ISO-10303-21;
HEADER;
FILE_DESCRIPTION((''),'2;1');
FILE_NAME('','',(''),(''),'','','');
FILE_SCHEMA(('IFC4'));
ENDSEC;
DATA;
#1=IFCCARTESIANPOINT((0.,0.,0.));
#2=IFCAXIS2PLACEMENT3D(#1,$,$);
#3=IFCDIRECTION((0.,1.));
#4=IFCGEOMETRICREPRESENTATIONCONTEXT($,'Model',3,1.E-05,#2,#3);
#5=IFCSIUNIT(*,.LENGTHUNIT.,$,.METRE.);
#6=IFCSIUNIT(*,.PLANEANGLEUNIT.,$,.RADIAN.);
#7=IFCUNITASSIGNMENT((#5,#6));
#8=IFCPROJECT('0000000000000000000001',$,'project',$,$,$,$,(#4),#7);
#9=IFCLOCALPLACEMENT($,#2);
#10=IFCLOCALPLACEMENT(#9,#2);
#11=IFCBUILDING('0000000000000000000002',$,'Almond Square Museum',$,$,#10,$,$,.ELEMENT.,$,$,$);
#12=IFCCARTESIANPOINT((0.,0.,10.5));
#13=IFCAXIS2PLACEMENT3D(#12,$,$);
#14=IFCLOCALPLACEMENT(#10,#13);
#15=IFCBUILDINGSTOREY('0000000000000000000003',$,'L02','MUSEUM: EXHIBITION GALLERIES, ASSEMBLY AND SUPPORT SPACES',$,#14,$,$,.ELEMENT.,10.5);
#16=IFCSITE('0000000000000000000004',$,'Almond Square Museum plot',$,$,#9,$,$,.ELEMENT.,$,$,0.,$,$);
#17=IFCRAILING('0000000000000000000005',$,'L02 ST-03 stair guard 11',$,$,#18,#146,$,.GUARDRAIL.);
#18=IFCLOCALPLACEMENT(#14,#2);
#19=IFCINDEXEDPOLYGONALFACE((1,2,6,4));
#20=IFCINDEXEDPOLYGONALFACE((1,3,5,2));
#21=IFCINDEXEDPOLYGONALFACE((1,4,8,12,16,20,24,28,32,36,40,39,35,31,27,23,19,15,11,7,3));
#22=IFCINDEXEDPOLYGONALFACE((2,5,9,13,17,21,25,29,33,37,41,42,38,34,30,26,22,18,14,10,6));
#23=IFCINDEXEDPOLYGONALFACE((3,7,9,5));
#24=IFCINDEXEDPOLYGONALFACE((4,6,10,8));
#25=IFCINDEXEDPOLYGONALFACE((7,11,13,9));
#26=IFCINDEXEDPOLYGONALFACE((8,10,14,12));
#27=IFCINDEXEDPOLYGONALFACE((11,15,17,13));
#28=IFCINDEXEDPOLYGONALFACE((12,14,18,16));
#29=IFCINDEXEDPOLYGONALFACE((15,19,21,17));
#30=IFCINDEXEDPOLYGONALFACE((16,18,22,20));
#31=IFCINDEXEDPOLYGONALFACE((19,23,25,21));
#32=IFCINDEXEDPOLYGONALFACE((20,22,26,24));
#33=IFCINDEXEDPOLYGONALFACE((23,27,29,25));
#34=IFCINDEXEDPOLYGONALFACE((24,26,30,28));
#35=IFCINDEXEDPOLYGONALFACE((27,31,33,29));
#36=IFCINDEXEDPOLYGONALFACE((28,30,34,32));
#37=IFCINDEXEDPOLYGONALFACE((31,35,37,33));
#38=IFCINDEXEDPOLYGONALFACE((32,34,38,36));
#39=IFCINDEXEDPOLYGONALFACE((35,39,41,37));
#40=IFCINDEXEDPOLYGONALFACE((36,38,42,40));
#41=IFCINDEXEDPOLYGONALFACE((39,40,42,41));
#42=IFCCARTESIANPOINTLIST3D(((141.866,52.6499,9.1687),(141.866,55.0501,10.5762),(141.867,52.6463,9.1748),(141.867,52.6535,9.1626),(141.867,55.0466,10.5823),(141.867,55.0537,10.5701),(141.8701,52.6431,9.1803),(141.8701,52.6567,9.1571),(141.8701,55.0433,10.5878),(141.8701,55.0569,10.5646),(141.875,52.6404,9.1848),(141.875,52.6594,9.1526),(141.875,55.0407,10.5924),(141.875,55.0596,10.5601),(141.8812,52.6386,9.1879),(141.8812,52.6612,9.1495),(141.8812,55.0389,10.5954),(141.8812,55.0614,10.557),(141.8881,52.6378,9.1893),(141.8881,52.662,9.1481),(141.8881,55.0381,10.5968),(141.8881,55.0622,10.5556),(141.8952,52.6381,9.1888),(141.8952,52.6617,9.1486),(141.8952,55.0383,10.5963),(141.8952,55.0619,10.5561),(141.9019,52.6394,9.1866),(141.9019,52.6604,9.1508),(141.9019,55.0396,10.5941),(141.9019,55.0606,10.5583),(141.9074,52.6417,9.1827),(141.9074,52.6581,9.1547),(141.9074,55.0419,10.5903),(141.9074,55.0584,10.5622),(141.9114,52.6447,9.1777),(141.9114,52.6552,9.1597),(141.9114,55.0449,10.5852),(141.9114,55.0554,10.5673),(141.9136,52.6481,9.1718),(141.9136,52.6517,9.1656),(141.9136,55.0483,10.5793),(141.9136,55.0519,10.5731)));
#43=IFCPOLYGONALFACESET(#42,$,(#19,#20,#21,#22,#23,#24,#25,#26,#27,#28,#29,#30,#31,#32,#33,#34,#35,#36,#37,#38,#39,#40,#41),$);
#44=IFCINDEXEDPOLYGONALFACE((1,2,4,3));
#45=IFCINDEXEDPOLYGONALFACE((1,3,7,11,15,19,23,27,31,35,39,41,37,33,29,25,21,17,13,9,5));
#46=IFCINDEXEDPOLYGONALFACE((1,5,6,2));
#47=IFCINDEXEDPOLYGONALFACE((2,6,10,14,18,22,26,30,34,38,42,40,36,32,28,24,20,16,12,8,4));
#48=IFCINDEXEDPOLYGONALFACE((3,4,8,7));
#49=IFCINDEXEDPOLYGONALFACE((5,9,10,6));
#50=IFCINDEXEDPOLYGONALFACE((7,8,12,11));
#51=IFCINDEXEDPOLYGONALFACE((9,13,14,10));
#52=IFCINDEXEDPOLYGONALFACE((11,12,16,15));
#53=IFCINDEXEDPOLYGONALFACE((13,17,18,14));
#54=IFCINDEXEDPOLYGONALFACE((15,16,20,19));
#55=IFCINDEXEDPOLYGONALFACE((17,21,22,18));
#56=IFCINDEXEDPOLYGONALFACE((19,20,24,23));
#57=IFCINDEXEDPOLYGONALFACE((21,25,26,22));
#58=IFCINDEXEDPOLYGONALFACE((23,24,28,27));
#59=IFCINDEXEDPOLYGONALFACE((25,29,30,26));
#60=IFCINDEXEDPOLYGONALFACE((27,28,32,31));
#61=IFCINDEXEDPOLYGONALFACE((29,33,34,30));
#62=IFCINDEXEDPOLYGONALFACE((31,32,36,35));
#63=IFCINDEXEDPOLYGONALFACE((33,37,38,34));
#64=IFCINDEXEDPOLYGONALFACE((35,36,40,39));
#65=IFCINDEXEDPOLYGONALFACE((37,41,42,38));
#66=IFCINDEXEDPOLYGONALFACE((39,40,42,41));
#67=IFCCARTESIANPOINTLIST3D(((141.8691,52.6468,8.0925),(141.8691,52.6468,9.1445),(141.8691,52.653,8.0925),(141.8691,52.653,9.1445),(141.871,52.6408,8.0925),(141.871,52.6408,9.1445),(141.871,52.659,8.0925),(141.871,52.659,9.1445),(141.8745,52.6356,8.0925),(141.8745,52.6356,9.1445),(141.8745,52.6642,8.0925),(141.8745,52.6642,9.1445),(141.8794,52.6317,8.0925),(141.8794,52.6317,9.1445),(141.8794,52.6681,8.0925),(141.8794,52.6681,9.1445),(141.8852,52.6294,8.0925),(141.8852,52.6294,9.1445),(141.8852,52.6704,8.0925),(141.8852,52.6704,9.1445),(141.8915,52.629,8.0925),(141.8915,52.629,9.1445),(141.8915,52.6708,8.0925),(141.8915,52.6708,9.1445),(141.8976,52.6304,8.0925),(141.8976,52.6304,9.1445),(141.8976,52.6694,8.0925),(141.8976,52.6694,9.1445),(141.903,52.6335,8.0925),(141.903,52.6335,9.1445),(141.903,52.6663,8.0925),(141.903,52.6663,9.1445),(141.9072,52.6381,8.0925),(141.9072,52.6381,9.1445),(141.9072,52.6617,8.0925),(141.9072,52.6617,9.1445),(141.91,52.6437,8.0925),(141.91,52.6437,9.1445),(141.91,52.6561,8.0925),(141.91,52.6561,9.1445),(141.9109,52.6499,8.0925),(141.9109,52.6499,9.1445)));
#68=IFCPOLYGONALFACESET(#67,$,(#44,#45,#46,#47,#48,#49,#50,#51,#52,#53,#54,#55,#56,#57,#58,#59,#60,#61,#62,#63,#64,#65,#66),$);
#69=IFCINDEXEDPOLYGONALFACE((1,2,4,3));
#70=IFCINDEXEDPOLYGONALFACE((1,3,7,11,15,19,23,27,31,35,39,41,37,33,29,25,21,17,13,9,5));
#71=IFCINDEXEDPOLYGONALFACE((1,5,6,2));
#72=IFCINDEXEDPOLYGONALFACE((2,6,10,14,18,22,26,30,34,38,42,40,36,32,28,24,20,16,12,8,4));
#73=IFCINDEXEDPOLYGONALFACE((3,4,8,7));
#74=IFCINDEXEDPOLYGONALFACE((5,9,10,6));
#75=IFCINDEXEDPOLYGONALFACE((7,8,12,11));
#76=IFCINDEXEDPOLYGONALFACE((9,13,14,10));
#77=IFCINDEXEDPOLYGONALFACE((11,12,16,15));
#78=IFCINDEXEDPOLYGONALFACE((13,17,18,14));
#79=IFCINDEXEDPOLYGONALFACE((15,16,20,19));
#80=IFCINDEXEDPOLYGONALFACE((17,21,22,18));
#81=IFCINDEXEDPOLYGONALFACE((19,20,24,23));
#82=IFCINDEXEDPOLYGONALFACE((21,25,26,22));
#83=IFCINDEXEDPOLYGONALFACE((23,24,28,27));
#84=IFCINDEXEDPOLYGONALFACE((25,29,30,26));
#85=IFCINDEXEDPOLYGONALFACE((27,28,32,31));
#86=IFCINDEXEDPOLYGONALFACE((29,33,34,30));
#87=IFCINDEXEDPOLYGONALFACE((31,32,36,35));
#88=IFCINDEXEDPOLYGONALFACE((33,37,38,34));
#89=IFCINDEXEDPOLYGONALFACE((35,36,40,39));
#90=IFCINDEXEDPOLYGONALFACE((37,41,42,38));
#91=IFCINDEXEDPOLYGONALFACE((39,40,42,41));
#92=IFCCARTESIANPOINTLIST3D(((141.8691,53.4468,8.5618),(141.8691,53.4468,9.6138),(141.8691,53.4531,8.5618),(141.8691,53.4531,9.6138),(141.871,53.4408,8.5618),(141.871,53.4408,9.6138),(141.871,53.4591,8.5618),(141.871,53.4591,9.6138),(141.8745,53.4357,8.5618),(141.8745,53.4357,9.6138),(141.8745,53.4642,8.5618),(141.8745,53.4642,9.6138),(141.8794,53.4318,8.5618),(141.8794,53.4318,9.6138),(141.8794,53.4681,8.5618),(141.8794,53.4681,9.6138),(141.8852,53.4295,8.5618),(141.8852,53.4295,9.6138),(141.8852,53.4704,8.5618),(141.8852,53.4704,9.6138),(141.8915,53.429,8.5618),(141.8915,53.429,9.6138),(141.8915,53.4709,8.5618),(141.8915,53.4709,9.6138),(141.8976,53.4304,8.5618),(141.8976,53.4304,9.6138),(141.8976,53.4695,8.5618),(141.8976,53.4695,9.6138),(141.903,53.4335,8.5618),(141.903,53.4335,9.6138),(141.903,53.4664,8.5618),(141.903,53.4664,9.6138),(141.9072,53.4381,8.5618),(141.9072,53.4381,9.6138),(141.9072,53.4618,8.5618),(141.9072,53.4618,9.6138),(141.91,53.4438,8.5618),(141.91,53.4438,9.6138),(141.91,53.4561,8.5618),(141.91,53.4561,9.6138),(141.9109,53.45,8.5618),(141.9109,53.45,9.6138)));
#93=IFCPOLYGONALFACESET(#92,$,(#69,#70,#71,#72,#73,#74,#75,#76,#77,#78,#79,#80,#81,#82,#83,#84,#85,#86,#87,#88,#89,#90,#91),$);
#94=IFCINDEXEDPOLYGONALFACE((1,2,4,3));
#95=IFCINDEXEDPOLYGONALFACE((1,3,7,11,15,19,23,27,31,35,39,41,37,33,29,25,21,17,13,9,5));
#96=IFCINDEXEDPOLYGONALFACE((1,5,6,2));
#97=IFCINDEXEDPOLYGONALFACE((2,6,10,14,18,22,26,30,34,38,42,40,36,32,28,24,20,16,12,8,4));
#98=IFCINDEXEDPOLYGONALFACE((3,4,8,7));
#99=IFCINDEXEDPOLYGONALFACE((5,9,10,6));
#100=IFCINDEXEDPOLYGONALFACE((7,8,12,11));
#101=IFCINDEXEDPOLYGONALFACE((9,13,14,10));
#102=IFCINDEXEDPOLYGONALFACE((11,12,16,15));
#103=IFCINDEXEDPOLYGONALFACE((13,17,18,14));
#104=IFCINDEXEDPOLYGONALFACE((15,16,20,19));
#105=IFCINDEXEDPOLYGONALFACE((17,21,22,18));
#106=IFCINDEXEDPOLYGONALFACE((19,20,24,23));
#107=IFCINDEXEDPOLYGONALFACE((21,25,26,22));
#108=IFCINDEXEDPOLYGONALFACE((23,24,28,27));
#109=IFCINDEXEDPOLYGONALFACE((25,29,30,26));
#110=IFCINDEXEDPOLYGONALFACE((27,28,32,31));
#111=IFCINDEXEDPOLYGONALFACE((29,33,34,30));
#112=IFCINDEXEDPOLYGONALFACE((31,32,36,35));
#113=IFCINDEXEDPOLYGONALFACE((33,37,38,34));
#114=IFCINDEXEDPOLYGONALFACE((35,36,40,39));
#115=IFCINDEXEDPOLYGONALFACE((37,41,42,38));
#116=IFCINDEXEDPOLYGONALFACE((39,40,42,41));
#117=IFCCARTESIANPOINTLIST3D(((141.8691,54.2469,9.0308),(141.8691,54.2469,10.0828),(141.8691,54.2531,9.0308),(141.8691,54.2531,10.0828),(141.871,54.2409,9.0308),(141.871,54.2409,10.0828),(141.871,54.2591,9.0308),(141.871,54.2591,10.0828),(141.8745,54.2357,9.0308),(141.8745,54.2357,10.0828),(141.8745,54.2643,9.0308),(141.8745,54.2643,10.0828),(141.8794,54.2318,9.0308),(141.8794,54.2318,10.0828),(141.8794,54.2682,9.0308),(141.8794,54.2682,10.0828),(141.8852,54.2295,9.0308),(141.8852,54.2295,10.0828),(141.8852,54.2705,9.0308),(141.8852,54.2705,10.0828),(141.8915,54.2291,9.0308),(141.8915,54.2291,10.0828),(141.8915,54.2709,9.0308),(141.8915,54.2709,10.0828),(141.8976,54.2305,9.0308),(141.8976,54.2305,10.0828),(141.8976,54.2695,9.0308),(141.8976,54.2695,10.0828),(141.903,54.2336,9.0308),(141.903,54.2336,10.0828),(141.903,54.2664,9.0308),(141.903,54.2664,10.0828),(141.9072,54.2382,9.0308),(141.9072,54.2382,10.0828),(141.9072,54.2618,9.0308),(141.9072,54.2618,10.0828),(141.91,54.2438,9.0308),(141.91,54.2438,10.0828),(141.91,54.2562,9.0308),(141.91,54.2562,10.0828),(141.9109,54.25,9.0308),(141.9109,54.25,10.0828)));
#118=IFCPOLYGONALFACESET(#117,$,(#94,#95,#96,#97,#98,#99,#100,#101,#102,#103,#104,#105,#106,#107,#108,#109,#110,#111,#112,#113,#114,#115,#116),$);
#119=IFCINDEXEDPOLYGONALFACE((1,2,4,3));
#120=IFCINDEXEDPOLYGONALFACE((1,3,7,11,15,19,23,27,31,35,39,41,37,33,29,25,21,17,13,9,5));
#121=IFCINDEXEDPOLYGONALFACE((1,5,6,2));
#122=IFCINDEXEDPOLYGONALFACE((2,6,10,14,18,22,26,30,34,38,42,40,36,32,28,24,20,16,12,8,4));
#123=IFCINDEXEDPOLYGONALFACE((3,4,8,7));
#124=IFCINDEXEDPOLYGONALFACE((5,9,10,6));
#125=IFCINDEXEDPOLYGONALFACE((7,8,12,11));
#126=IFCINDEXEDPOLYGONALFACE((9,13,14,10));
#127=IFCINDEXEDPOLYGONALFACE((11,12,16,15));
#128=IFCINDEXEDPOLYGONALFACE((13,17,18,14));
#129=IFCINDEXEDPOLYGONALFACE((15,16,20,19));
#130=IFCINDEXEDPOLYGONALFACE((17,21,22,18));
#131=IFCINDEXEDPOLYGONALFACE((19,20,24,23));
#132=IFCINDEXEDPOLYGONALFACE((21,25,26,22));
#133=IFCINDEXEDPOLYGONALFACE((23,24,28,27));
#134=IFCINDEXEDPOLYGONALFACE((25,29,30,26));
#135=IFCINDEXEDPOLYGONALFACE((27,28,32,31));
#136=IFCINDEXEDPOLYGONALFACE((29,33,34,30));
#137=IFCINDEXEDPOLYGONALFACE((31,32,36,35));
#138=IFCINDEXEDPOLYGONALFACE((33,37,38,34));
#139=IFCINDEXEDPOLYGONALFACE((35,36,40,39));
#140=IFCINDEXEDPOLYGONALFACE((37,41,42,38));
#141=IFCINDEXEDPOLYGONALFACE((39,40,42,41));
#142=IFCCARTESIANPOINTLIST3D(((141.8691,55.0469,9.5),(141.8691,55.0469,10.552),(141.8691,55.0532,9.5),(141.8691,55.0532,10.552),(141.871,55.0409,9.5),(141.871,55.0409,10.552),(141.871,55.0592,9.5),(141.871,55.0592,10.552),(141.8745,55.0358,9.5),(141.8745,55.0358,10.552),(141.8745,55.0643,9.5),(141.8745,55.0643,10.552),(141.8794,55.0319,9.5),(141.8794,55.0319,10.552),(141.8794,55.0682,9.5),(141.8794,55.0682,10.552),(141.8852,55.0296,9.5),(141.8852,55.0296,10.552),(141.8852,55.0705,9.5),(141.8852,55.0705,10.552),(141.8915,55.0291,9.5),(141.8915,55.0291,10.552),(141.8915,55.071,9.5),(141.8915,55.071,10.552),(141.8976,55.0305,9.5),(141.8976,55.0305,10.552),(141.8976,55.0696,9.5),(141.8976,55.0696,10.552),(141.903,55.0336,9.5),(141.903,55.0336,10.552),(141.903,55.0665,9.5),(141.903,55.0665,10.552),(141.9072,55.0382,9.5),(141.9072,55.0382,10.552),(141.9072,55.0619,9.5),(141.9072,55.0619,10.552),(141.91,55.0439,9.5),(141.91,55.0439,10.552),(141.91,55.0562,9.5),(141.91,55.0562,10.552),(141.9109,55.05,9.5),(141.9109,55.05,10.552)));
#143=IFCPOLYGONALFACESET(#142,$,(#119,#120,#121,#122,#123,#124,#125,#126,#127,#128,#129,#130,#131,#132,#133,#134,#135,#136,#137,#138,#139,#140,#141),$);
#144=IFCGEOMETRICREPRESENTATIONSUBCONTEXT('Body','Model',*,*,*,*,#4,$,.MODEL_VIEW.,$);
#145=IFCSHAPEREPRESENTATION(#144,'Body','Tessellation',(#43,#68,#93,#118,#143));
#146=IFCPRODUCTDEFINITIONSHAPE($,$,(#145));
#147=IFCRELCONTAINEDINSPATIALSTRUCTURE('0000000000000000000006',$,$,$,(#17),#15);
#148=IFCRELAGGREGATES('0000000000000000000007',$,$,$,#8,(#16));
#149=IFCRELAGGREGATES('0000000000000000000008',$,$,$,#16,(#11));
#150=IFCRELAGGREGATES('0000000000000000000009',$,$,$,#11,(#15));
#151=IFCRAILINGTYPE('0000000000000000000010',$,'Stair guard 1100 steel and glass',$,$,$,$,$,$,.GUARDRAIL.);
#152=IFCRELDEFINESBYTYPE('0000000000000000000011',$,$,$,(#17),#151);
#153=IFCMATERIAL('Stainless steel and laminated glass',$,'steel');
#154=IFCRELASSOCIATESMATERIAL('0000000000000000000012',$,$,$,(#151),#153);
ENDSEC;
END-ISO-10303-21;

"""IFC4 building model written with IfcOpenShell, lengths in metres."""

from ifc_helpers import new_model, si_unit, direction, frame, origin, origin_2d, place, context, subcontext, project, spatial, circle, extrude, material, type_object, element, save


model = new_model("IFC4")

# Units and contexts
model_context = context("Model", 3, precision=1e-05, world=origin(), true_north=direction((0.0, 1.0)))
body_context = subcontext(model_context, "Body", "Model", "MODEL_VIEW")
ifc_project = project(units=[si_unit("LENGTHUNIT", "METRE"), si_unit("PLANEANGLEUNIT", "RADIAN")], contexts=[model_context])

# Site, building, storey
site_placement = place(None, origin())
site = spatial("IfcSite", under=ifc_project, at=site_placement, Name="Almond Square Museum plot", CompositionType="ELEMENT", RefElevation=0.0)
building_placement = place(site_placement, origin())
building = spatial("IfcBuilding", under=site, at=building_placement, Name="Almond Square Museum", CompositionType="ELEMENT")
storey_placement = place(building_placement, frame((0.0, 0.0, 10.5)))
storey = spatial("IfcBuildingStorey", under=building, at=storey_placement, Name="L02", Description="MUSEUM: EXHIBITION GALLERIES, ASSEMBLY AND SUPPORT SPACES", CompositionType="ELEMENT", Elevation=10.5)

# Railing
ifc_material_1 = material(Name="Stainless steel and laminated glass", Category="steel")
railing_type_1 = type_object("IfcRailingType", Name="Stair guard 1100 steel and glass", PredefinedType="GUARDRAIL", material=ifc_material_1)
railing_1_placement = place(storey_placement, frame((141.8899, 52.6499, 8.0925)))
element("IfcRailing", 1, at=railing_1_placement, inside=storey, type_object=railing_type_1, Name="L02 ST-03 stair guard 11", PredefinedType="GUARDRAIL", context=body_context, shape_type="SweptSolid", body=[
    extrude(circle(Radius=0.0239, at=origin_2d()), frame((0.0, 0.0, 1.0762), z_axis=(0.0, 0.862621, 0.50585), x_axis=(-1.0, 0.0, 0.0)), (0.0, 0.0, 1.0), 2.7825),
    extrude(circle(Radius=0.021, at=origin_2d()), origin(), (0.0, 0.0, 1.0), 1.052),
    extrude(circle(Radius=0.021, at=origin_2d()), frame((0.0, 0.8, 0.4692)), (0.0, 0.0, 1.0), 1.052),
    extrude(circle(Radius=0.021, at=origin_2d()), frame((0.0, 1.6001, 0.9382)), (0.0, 0.0, 1.0), 1.052),
    extrude(circle(Radius=0.021, at=origin_2d()), frame((0.0, 2.4001, 1.4075)), (0.0, 0.0, 1.0), 1.052),
])

save(model, "model.ifc")
